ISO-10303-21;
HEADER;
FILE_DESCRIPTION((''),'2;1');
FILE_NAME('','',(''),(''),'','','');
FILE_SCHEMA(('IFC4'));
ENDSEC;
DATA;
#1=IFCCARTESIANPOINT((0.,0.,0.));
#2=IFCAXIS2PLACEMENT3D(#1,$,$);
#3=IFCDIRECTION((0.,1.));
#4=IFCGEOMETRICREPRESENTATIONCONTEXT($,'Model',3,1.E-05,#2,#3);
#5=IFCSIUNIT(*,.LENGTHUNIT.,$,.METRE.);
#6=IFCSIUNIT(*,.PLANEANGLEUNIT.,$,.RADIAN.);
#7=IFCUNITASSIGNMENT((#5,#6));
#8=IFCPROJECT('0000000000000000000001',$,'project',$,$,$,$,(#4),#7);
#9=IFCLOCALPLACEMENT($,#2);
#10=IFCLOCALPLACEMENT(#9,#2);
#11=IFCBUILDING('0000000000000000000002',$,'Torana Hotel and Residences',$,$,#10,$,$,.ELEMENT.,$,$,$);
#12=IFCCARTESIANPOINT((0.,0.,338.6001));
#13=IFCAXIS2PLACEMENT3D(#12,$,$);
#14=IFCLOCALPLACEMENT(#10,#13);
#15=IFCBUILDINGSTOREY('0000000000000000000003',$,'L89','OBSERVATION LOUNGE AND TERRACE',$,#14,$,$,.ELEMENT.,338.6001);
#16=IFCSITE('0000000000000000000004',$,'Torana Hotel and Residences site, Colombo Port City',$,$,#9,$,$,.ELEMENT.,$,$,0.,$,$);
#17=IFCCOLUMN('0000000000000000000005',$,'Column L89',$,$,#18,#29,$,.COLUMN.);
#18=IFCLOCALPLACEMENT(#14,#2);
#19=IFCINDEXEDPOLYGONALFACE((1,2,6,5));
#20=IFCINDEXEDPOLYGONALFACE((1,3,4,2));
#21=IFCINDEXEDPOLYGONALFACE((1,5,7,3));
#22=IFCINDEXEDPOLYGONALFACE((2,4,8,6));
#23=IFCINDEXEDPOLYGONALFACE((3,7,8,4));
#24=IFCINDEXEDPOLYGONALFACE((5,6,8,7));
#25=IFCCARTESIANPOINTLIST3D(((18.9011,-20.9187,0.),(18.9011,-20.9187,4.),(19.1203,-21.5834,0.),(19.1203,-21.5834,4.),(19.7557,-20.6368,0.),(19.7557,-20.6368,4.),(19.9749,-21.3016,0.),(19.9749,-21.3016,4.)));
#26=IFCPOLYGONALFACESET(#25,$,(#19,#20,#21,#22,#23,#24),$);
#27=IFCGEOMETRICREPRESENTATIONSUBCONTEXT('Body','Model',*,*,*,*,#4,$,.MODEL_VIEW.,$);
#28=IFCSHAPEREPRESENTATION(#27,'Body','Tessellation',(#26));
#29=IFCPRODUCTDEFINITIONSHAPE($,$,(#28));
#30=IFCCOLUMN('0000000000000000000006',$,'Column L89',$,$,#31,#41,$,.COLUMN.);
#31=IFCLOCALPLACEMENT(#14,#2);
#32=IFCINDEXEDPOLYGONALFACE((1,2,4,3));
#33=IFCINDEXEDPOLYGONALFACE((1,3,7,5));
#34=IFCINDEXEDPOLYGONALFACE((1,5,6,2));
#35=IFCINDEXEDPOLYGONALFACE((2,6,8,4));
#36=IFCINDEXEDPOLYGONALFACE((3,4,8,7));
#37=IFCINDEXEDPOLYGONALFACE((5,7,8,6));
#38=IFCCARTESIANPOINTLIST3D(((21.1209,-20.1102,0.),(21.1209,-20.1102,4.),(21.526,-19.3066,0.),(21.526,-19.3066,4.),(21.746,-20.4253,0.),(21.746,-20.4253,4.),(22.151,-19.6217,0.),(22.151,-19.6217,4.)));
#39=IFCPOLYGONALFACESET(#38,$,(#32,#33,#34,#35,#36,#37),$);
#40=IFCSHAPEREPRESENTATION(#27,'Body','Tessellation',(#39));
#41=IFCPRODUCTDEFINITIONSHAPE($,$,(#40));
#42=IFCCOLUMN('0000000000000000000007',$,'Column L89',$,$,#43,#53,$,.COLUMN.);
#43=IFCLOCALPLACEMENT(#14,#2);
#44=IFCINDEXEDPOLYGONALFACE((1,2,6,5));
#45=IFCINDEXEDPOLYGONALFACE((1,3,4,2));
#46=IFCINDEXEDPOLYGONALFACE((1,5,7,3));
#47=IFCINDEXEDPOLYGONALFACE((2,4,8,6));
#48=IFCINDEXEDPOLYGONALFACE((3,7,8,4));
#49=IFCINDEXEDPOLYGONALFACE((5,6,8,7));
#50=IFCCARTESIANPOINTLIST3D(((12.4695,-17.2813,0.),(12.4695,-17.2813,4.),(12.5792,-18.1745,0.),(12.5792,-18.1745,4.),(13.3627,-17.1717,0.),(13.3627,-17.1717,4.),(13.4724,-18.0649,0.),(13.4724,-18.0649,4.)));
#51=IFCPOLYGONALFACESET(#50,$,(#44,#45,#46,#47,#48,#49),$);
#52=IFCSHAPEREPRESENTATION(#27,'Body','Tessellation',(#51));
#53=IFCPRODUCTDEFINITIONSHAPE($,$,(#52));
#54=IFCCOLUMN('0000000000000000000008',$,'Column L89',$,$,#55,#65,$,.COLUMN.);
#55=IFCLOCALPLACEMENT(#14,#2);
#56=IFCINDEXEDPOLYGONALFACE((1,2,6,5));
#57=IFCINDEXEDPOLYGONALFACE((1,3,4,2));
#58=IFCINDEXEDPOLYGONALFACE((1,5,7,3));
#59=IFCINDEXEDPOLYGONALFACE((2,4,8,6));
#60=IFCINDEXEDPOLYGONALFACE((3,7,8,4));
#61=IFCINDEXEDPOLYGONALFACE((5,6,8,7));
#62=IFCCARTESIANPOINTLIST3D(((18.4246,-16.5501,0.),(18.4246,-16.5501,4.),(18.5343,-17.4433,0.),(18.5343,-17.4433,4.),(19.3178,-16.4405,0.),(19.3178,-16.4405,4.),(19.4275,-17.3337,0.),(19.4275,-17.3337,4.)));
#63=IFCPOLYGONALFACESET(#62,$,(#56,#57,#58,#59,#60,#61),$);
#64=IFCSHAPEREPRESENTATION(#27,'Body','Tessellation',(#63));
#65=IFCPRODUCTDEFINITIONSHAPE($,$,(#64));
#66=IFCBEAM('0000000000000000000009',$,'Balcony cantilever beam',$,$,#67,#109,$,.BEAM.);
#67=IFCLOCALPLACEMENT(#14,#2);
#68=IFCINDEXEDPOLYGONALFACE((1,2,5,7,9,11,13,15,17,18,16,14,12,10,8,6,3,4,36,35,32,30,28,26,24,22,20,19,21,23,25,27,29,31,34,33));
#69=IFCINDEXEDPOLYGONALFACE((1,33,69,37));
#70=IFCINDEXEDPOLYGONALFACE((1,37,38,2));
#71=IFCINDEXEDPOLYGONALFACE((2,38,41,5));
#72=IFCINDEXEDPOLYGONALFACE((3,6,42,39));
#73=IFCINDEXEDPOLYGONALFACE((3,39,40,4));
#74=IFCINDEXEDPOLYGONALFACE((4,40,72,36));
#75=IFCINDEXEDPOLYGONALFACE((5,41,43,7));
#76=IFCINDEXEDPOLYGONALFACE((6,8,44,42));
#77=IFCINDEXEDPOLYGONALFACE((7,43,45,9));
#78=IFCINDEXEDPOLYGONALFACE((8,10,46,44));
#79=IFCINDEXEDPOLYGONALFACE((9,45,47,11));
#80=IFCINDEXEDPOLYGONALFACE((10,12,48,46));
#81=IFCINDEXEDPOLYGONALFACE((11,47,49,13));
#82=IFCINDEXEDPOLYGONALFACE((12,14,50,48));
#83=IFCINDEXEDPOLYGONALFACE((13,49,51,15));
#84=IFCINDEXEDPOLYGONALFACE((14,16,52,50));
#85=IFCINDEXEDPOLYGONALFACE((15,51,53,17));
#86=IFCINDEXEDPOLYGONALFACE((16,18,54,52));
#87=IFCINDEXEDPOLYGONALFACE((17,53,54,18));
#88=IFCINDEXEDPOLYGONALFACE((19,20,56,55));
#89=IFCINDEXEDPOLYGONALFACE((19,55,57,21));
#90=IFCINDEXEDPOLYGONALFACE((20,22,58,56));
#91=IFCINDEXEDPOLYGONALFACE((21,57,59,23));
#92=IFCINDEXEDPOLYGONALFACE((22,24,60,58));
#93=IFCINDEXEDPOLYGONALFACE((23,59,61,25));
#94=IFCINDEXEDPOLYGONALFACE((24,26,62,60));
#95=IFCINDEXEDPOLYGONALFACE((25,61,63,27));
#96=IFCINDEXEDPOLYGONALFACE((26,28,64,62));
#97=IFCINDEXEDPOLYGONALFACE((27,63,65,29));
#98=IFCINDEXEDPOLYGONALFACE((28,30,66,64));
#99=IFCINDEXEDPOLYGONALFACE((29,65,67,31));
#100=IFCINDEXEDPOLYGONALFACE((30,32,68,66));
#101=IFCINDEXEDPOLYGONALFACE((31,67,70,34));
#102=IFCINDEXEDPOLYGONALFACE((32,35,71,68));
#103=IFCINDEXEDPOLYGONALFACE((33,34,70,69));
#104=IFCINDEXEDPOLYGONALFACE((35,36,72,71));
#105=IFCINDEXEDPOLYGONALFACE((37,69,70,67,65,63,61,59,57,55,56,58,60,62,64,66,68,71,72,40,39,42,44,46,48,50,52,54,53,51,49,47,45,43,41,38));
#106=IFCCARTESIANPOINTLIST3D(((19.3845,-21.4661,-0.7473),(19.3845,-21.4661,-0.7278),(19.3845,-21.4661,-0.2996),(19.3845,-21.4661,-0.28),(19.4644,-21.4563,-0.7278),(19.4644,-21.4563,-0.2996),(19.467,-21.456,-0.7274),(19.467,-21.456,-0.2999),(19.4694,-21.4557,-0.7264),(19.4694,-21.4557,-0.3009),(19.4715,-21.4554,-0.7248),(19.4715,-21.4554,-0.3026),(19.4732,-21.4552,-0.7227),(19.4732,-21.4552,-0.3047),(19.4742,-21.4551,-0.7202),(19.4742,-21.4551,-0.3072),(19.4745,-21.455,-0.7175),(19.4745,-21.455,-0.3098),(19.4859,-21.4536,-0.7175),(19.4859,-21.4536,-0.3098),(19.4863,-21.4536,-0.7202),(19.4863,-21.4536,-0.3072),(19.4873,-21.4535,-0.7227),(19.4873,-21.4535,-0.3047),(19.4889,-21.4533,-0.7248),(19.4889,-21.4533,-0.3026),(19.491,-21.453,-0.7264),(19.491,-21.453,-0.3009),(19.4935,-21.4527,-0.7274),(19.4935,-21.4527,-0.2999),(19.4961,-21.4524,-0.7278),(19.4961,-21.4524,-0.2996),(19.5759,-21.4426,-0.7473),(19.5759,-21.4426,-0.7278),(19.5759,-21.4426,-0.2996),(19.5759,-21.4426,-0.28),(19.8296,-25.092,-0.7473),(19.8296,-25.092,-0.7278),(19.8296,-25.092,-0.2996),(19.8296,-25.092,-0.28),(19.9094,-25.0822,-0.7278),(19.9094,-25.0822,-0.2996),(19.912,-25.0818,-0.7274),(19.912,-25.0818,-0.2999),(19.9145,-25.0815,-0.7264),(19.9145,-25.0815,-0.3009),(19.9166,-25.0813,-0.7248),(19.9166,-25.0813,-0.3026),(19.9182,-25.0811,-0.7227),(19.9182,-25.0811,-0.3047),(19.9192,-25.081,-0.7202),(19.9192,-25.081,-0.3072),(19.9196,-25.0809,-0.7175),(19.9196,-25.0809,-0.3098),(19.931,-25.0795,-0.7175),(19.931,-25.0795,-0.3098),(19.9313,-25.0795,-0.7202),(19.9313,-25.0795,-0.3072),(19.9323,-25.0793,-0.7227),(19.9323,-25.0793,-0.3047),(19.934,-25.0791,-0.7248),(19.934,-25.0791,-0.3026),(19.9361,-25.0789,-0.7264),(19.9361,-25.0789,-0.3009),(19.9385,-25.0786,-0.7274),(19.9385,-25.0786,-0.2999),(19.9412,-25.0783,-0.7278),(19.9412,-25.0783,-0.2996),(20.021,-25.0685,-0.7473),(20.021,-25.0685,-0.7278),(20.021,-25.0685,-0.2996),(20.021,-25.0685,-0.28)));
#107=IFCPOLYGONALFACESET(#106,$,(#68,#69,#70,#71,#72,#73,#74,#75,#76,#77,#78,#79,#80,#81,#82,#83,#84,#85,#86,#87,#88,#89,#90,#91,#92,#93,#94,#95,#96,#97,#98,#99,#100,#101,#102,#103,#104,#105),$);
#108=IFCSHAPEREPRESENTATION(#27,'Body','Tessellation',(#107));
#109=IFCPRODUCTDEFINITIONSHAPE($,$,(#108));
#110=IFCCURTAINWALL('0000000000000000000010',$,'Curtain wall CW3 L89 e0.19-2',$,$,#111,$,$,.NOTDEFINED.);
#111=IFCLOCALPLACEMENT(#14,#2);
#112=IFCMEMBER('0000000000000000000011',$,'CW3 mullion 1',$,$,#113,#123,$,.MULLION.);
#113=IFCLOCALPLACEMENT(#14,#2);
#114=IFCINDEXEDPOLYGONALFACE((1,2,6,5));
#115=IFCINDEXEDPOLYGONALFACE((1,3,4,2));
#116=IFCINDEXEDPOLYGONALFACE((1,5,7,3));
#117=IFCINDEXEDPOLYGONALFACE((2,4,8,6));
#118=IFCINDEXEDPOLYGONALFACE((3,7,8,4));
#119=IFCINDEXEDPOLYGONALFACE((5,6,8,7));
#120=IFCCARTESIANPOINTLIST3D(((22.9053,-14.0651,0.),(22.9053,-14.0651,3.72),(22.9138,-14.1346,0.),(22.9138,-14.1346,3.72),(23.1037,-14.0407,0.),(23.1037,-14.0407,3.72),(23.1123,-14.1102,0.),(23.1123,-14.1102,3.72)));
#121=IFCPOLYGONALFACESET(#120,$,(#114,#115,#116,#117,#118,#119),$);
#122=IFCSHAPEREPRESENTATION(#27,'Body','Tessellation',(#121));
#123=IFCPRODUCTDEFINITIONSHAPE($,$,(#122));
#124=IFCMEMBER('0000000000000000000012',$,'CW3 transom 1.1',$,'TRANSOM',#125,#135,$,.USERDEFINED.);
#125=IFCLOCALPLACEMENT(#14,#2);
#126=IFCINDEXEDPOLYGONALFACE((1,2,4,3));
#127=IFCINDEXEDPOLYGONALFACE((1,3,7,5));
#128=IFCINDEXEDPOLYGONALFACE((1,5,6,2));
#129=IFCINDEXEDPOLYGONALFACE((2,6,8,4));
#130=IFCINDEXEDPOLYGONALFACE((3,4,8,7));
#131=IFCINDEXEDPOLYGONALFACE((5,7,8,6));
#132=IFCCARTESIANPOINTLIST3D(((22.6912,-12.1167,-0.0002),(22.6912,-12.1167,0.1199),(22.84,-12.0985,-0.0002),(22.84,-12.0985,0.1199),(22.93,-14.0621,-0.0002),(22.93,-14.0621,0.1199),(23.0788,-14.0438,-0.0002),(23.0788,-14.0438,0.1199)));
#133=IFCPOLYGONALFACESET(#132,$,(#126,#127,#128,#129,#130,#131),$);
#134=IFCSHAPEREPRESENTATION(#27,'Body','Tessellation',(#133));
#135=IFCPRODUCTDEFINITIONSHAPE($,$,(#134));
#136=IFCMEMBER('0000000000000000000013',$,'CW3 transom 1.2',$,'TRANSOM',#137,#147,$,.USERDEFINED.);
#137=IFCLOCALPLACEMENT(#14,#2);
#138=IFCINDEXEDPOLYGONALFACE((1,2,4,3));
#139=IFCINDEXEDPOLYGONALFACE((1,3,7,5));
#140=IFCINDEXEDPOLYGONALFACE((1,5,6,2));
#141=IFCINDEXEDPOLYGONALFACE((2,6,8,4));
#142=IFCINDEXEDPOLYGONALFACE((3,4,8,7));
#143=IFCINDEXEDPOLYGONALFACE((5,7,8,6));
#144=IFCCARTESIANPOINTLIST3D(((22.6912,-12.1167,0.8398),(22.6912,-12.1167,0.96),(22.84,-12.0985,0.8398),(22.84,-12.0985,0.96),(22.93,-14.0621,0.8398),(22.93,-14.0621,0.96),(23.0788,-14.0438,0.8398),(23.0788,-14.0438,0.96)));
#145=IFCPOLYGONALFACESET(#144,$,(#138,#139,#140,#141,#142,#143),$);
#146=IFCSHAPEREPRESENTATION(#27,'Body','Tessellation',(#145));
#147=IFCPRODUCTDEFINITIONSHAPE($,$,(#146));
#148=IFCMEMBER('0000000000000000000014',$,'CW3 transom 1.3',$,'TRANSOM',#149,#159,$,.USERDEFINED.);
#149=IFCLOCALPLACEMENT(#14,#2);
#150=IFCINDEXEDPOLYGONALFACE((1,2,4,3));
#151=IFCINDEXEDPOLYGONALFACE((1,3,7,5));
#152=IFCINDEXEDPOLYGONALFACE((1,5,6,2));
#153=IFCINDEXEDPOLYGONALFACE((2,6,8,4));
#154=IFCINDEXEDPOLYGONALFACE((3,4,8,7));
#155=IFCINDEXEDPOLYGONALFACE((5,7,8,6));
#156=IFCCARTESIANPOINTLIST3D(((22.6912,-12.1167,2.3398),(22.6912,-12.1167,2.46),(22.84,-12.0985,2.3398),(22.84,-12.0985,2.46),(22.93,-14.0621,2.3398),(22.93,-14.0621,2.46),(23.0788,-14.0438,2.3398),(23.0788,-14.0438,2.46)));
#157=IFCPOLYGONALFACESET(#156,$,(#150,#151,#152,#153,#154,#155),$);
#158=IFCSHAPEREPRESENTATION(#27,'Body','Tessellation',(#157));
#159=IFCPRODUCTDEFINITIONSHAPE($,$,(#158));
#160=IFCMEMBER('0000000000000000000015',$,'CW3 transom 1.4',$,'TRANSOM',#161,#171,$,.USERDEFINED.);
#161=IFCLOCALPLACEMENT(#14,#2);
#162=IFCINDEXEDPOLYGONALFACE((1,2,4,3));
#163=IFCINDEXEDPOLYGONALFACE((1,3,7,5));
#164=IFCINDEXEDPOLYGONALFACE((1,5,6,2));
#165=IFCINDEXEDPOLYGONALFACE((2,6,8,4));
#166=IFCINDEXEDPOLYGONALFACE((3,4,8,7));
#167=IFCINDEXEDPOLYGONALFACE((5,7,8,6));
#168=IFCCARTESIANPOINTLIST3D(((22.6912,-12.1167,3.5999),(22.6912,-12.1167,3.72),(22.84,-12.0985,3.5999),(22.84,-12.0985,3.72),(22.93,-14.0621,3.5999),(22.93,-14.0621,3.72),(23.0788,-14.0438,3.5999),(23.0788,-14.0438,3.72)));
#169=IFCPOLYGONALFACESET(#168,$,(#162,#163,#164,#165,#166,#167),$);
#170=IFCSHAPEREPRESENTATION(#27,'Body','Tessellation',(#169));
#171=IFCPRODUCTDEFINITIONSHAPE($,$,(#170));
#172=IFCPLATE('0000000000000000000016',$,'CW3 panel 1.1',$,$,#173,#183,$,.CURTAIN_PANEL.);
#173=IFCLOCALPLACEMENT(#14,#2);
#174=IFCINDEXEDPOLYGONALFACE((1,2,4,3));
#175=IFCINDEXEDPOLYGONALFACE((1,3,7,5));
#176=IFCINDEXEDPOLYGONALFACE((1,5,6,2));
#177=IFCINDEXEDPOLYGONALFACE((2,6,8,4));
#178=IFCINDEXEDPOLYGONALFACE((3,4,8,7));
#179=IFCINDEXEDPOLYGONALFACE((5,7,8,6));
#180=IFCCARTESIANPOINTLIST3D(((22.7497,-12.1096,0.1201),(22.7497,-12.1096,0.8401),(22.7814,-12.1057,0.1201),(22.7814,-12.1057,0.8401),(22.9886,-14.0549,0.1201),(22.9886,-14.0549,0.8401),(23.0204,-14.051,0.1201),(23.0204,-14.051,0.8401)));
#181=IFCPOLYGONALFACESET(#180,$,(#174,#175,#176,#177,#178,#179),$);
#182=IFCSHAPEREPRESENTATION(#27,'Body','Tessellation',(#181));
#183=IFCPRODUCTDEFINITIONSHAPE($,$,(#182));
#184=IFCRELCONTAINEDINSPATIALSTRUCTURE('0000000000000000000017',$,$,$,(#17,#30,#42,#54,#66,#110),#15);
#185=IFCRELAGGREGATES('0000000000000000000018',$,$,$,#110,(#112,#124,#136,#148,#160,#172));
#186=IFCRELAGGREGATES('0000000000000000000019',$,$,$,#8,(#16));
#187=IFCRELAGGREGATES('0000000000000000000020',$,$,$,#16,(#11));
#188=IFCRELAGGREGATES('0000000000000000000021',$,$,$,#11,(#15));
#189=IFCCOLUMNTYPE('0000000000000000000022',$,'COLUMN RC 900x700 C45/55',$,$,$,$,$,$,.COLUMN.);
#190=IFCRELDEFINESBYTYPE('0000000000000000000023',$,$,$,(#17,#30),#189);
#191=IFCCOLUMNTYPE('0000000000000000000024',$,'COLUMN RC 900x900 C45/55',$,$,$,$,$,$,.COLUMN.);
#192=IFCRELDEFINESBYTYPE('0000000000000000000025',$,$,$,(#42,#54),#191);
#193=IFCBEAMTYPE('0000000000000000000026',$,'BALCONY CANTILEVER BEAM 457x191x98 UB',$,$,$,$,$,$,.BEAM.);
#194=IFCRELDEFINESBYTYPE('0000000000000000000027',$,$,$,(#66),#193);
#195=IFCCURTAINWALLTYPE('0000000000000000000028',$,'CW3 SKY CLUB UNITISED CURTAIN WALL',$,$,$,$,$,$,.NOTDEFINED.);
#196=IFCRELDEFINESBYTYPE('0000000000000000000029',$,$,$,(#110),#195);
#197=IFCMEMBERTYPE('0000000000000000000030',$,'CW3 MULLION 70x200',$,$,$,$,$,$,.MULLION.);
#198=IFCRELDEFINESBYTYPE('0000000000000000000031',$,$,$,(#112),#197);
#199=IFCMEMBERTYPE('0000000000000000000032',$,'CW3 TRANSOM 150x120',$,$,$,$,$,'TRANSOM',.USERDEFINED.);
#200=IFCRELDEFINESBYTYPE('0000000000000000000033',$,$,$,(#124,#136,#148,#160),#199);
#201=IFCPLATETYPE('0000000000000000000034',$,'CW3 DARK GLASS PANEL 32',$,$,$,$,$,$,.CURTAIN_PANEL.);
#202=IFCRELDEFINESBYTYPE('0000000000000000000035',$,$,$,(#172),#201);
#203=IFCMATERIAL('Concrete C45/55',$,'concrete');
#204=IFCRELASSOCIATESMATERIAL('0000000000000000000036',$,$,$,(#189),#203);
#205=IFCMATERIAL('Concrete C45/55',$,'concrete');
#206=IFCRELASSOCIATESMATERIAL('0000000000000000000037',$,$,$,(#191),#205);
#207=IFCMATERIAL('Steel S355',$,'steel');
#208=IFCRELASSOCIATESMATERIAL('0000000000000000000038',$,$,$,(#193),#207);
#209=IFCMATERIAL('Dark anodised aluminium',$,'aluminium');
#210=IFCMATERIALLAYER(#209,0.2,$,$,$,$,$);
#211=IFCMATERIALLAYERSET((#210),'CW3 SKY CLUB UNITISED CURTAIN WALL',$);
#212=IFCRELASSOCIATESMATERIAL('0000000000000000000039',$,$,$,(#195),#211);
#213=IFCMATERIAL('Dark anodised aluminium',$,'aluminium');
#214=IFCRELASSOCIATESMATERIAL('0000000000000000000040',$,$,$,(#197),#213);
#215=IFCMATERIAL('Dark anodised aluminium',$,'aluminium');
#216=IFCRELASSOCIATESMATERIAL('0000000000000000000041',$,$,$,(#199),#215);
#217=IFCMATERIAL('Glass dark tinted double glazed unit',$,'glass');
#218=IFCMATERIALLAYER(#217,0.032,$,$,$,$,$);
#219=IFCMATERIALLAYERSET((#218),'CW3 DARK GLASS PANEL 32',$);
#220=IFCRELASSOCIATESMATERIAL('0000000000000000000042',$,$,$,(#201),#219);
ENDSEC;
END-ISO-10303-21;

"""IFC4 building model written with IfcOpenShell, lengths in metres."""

from ifc_helpers import new_model, si_unit, direction, frame, origin, origin_2d, place, context, subcontext, project, spatial, rectangle, i_section, extrude, material, layer, layer_set, material_profile, profile_set, type_object, element, aggregate, save


model = new_model("IFC4")

# Units and contexts
model_context = context("Model", 3, precision=1e-05, world=origin(), true_north=direction((0.0, 1.0)))
body_context = subcontext(model_context, "Body", "Model", "MODEL_VIEW")
ifc_project = project(units=[si_unit("LENGTHUNIT", "METRE"), si_unit("PLANEANGLEUNIT", "RADIAN")], contexts=[model_context])

# Site, building, storey
site_placement = place(None, origin())
site = spatial("IfcSite", under=ifc_project, at=site_placement, Name="Torana Hotel and Residences site, Colombo Port City", CompositionType="ELEMENT", RefElevation=0.0)
building_placement = place(site_placement, origin())
building = spatial("IfcBuilding", under=site, at=building_placement, Name="Torana Hotel and Residences", CompositionType="ELEMENT")
storey_placement = place(building_placement, frame((0.0, 0.0, 338.6001)))
storey = spatial("IfcBuildingStorey", under=building, at=storey_placement, Name="L89", Description="OBSERVATION LOUNGE AND TERRACE", CompositionType="ELEMENT", Elevation=338.6001)

# Columns
ifc_material_1 = material(Name="Concrete C45/55", Category="concrete")
ifc_material_profile_1 = material_profile(ifc_material_1, rectangle(XDim=0.8999, YDim=0.7, at=origin_2d()), Name="RC 900x700")
ifc_profile_set_1 = profile_set([ifc_material_profile_1], Name="Concrete C45/55")
column_type_1 = type_object("IfcColumnType", Name="COLUMN RC 900x700 C45/55", PredefinedType="COLUMN", material=ifc_profile_set_1)
for number, where, z_axis, x_axis, name in (
    (1, (19.438, -21.1101, 0.0), (0.0, 0.0, 1.0), (0.949694, 0.31318, 0.0), "Column L89"),
    (2, (21.636, -19.866, 0.0), (0.0, 0.0, 1.0), (0.450098, 0.892979, 0.0), "Column L89"),
):
    element("IfcColumn", number, at=place(storey_placement, frame(where, z_axis=z_axis, x_axis=x_axis)), inside=storey, type_object=column_type_1, Name=name, PredefinedType="COLUMN", context=body_context, shape_type="SweptSolid", body=[
        extrude(rectangle(XDim=0.8999, YDim=0.7, at=origin_2d()), origin(), (0.0, 0.0, 1.0), 4.0),
    ])
ifc_material_2 = material(Name="Concrete C45/55", Category="concrete")
ifc_material_profile_2 = material_profile(ifc_material_2, rectangle(XDim=0.8999, YDim=0.8999, at=origin_2d()), Name="RC 900x900")
ifc_profile_set_2 = profile_set([ifc_material_profile_2], Name="Concrete C45/55")
column_type_2 = type_object("IfcColumnType", Name="COLUMN RC 900x900 C45/55", PredefinedType="COLUMN", material=ifc_profile_set_2)
for number, where, z_axis, x_axis, name in (
    (3, (12.9709, -17.6731, 0.0), (0.0, 0.0, 1.0), (0.992546, 0.121869, 0.0), "Column L89"),
    (4, (18.926, -16.9419, 0.0), (0.0, 0.0, 1.0), (0.992546, 0.121869, 0.0), "Column L89"),
):
    element("IfcColumn", number, at=place(storey_placement, frame(where, z_axis=z_axis, x_axis=x_axis)), inside=storey, type_object=column_type_2, Name=name, PredefinedType="COLUMN", context=body_context, shape_type="SweptSolid", body=[
        extrude(rectangle(XDim=0.8999, YDim=0.8999, at=origin_2d()), origin(), (0.0, 0.0, 1.0), 4.0),
    ])

# Beam
ifc_material_3 = material(Name="Steel S355", Category="steel")
ifc_material_profile_3 = material_profile(ifc_material_3, i_section(OverallWidth=0.1929, OverallDepth=0.4673, WebThickness=0.0115, FlangeThickness=0.0195, FilletRadius=0.0103, at=origin_2d()), Name="457x191x98 UB")
ifc_profile_set_3 = profile_set([ifc_material_profile_3], Name="Steel S355")
beam_type = type_object("IfcBeamType", Name="BALCONY CANTILEVER BEAM 457x191x98 UB", PredefinedType="BEAM", material=ifc_profile_set_3)
beam_placement = place(storey_placement, frame((19.4802, -21.4543, -0.5137), z_axis=(0.12183, -0.992551, 0.0), x_axis=(0.992551, 0.12183, 0.0)))
element("IfcBeam", 5, at=beam_placement, inside=storey, type_object=beam_type, Name="Balcony cantilever beam", PredefinedType="BEAM", context=body_context, shape_type="SweptSolid", body=[
    extrude(i_section(OverallWidth=0.1929, OverallDepth=0.4673, WebThickness=0.0115, FlangeThickness=0.0195, FilletRadius=0.0103, at=origin_2d()), origin(), (0.0, 0.0, 1.0), 3.6531),
])

# Curtain wall, members, plate
ifc_material_4 = material(Name="Dark anodised aluminium", Category="aluminium")
ifc_layer_1 = layer(ifc_material_4, 0.2)
ifc_layer_set_1 = layer_set([ifc_layer_1], Name="CW3 SKY CLUB UNITISED CURTAIN WALL")
curtain_wall_type = type_object("IfcCurtainWallType", Name="CW3 SKY CLUB UNITISED CURTAIN WALL", PredefinedType="NOTDEFINED", material=ifc_layer_set_1)
curtain_wall_placement = place(storey_placement, origin())
curtain_wall = element("IfcCurtainWall", 6, at=curtain_wall_placement, inside=storey, type_object=curtain_wall_type, Name="Curtain wall CW3 L89 e0.19-2", PredefinedType="NOTDEFINED")
ifc_material_5 = material(Name="Dark anodised aluminium", Category="aluminium")
ifc_material_profile_4 = material_profile(ifc_material_5, rectangle(XDim=0.2, YDim=0.0701, at=origin_2d()), Name="CW3 MULLION 70x200")
ifc_profile_set_4 = profile_set([ifc_material_profile_4], Name="Dark anodised aluminium")
member_type_1 = type_object("IfcMemberType", Name="CW3 MULLION 70x200", PredefinedType="MULLION", material=ifc_profile_set_4)
member_1_placement = place(storey_placement, frame((23.0088, -14.0876, 0.0), z_axis=(0.0, 0.0, 1.0), x_axis=(-0.992541, -0.121913, 0.0)))
member_1 = element("IfcMember", 7, at=member_1_placement, type_object=member_type_1, Name="CW3 mullion 1", PredefinedType="MULLION", context=body_context, shape_type="SweptSolid", body=[
    extrude(rectangle(XDim=0.2, YDim=0.0701, at=origin_2d()), origin(), (0.0, 0.0, 1.0), 3.72),
])
ifc_material_6 = material(Name="Dark anodised aluminium", Category="aluminium")
ifc_material_profile_5 = material_profile(ifc_material_6, rectangle(XDim=0.1499, YDim=0.1201, at=origin_2d()), Name="CW3 TRANSOM 150x120")
ifc_profile_set_5 = profile_set([ifc_material_profile_5], Name="Dark anodised aluminium")
member_type_2 = type_object("IfcMemberType", Name="CW3 TRANSOM 150x120", ElementType="TRANSOM", PredefinedType="USERDEFINED", material=ifc_profile_set_5)
member_2_placement = place(storey_placement, frame((23.0044, -14.053, 0.0598), z_axis=(-0.121827, 0.992551, 0.0), x_axis=(-0.992551, -0.121827, 0.0)))
member_2 = element("IfcMember", 8, at=member_2_placement, type_object=member_type_2, Name="CW3 transom 1.1", ObjectType="TRANSOM", PredefinedType="USERDEFINED", context=body_context, shape_type="SweptSolid", body=[
    extrude(rectangle(XDim=0.1499, YDim=0.1201, at=origin_2d()), origin(), (0.0, 0.0, 1.0), 1.96),
])
member_3_placement = place(storey_placement, frame((23.0044, -14.053, 0.8999), z_axis=(-0.121827, 0.992551, 0.0), x_axis=(-0.992551, -0.121827, 0.0)))
member_3 = element("IfcMember", 9, at=member_3_placement, type_object=member_type_2, Name="CW3 transom 1.2", ObjectType="TRANSOM", PredefinedType="USERDEFINED", context=body_context, shape_type="SweptSolid", body=[
    extrude(rectangle(XDim=0.1499, YDim=0.1201, at=origin_2d()), origin(), (0.0, 0.0, 1.0), 1.96),
])
member_4_placement = place(storey_placement, frame((23.0044, -14.053, 2.3999), z_axis=(-0.121827, 0.992551, 0.0), x_axis=(-0.992551, -0.121827, 0.0)))
member_4 = element("IfcMember", 10, at=member_4_placement, type_object=member_type_2, Name="CW3 transom 1.3", ObjectType="TRANSOM", PredefinedType="USERDEFINED", context=body_context, shape_type="SweptSolid", body=[
    extrude(rectangle(XDim=0.1499, YDim=0.1201, at=origin_2d()), origin(), (0.0, 0.0, 1.0), 1.96),
])
member_5_placement = place(storey_placement, frame((23.0044, -14.053, 3.6599), z_axis=(-0.121827, 0.992551, 0.0), x_axis=(-0.992551, -0.121827, 0.0)))
member_5 = element("IfcMember", 11, at=member_5_placement, type_object=member_type_2, Name="CW3 transom 1.4", ObjectType="TRANSOM", PredefinedType="USERDEFINED", context=body_context, shape_type="SweptSolid", body=[
    extrude(rectangle(XDim=0.1499, YDim=0.1201, at=origin_2d()), origin(), (0.0, 0.0, 1.0), 1.96),
])
ifc_material_7 = material(Name="Glass dark tinted double glazed unit", Category="glass")
ifc_layer_2 = layer(ifc_material_7, 0.032)
ifc_layer_set_2 = layer_set([ifc_layer_2], Name="CW3 DARK GLASS PANEL 32")
plate_type = type_object("IfcPlateType", Name="CW3 DARK GLASS PANEL 32", PredefinedType="CURTAIN_PANEL", material=ifc_layer_set_2)
plate_1_placement = place(storey_placement, frame((22.885, -13.0803, 0.1201), z_axis=(0.0, 0.0, 1.0), x_axis=(-0.121913, 0.992541, 0.0)))
plate_1 = element("IfcPlate", 12, at=plate_1_placement, type_object=plate_type, Name="CW3 panel 1.1", PredefinedType="CURTAIN_PANEL", context=body_context, shape_type="SweptSolid", body=[
    extrude(rectangle(XDim=1.96, YDim=0.032, at=origin_2d()), origin(), (0.0, 0.0, 1.0), 0.72),
])
aggregate(curtain_wall, [member_1, member_2, member_3, member_4, member_5, plate_1])

save(model, "model.ifc")
